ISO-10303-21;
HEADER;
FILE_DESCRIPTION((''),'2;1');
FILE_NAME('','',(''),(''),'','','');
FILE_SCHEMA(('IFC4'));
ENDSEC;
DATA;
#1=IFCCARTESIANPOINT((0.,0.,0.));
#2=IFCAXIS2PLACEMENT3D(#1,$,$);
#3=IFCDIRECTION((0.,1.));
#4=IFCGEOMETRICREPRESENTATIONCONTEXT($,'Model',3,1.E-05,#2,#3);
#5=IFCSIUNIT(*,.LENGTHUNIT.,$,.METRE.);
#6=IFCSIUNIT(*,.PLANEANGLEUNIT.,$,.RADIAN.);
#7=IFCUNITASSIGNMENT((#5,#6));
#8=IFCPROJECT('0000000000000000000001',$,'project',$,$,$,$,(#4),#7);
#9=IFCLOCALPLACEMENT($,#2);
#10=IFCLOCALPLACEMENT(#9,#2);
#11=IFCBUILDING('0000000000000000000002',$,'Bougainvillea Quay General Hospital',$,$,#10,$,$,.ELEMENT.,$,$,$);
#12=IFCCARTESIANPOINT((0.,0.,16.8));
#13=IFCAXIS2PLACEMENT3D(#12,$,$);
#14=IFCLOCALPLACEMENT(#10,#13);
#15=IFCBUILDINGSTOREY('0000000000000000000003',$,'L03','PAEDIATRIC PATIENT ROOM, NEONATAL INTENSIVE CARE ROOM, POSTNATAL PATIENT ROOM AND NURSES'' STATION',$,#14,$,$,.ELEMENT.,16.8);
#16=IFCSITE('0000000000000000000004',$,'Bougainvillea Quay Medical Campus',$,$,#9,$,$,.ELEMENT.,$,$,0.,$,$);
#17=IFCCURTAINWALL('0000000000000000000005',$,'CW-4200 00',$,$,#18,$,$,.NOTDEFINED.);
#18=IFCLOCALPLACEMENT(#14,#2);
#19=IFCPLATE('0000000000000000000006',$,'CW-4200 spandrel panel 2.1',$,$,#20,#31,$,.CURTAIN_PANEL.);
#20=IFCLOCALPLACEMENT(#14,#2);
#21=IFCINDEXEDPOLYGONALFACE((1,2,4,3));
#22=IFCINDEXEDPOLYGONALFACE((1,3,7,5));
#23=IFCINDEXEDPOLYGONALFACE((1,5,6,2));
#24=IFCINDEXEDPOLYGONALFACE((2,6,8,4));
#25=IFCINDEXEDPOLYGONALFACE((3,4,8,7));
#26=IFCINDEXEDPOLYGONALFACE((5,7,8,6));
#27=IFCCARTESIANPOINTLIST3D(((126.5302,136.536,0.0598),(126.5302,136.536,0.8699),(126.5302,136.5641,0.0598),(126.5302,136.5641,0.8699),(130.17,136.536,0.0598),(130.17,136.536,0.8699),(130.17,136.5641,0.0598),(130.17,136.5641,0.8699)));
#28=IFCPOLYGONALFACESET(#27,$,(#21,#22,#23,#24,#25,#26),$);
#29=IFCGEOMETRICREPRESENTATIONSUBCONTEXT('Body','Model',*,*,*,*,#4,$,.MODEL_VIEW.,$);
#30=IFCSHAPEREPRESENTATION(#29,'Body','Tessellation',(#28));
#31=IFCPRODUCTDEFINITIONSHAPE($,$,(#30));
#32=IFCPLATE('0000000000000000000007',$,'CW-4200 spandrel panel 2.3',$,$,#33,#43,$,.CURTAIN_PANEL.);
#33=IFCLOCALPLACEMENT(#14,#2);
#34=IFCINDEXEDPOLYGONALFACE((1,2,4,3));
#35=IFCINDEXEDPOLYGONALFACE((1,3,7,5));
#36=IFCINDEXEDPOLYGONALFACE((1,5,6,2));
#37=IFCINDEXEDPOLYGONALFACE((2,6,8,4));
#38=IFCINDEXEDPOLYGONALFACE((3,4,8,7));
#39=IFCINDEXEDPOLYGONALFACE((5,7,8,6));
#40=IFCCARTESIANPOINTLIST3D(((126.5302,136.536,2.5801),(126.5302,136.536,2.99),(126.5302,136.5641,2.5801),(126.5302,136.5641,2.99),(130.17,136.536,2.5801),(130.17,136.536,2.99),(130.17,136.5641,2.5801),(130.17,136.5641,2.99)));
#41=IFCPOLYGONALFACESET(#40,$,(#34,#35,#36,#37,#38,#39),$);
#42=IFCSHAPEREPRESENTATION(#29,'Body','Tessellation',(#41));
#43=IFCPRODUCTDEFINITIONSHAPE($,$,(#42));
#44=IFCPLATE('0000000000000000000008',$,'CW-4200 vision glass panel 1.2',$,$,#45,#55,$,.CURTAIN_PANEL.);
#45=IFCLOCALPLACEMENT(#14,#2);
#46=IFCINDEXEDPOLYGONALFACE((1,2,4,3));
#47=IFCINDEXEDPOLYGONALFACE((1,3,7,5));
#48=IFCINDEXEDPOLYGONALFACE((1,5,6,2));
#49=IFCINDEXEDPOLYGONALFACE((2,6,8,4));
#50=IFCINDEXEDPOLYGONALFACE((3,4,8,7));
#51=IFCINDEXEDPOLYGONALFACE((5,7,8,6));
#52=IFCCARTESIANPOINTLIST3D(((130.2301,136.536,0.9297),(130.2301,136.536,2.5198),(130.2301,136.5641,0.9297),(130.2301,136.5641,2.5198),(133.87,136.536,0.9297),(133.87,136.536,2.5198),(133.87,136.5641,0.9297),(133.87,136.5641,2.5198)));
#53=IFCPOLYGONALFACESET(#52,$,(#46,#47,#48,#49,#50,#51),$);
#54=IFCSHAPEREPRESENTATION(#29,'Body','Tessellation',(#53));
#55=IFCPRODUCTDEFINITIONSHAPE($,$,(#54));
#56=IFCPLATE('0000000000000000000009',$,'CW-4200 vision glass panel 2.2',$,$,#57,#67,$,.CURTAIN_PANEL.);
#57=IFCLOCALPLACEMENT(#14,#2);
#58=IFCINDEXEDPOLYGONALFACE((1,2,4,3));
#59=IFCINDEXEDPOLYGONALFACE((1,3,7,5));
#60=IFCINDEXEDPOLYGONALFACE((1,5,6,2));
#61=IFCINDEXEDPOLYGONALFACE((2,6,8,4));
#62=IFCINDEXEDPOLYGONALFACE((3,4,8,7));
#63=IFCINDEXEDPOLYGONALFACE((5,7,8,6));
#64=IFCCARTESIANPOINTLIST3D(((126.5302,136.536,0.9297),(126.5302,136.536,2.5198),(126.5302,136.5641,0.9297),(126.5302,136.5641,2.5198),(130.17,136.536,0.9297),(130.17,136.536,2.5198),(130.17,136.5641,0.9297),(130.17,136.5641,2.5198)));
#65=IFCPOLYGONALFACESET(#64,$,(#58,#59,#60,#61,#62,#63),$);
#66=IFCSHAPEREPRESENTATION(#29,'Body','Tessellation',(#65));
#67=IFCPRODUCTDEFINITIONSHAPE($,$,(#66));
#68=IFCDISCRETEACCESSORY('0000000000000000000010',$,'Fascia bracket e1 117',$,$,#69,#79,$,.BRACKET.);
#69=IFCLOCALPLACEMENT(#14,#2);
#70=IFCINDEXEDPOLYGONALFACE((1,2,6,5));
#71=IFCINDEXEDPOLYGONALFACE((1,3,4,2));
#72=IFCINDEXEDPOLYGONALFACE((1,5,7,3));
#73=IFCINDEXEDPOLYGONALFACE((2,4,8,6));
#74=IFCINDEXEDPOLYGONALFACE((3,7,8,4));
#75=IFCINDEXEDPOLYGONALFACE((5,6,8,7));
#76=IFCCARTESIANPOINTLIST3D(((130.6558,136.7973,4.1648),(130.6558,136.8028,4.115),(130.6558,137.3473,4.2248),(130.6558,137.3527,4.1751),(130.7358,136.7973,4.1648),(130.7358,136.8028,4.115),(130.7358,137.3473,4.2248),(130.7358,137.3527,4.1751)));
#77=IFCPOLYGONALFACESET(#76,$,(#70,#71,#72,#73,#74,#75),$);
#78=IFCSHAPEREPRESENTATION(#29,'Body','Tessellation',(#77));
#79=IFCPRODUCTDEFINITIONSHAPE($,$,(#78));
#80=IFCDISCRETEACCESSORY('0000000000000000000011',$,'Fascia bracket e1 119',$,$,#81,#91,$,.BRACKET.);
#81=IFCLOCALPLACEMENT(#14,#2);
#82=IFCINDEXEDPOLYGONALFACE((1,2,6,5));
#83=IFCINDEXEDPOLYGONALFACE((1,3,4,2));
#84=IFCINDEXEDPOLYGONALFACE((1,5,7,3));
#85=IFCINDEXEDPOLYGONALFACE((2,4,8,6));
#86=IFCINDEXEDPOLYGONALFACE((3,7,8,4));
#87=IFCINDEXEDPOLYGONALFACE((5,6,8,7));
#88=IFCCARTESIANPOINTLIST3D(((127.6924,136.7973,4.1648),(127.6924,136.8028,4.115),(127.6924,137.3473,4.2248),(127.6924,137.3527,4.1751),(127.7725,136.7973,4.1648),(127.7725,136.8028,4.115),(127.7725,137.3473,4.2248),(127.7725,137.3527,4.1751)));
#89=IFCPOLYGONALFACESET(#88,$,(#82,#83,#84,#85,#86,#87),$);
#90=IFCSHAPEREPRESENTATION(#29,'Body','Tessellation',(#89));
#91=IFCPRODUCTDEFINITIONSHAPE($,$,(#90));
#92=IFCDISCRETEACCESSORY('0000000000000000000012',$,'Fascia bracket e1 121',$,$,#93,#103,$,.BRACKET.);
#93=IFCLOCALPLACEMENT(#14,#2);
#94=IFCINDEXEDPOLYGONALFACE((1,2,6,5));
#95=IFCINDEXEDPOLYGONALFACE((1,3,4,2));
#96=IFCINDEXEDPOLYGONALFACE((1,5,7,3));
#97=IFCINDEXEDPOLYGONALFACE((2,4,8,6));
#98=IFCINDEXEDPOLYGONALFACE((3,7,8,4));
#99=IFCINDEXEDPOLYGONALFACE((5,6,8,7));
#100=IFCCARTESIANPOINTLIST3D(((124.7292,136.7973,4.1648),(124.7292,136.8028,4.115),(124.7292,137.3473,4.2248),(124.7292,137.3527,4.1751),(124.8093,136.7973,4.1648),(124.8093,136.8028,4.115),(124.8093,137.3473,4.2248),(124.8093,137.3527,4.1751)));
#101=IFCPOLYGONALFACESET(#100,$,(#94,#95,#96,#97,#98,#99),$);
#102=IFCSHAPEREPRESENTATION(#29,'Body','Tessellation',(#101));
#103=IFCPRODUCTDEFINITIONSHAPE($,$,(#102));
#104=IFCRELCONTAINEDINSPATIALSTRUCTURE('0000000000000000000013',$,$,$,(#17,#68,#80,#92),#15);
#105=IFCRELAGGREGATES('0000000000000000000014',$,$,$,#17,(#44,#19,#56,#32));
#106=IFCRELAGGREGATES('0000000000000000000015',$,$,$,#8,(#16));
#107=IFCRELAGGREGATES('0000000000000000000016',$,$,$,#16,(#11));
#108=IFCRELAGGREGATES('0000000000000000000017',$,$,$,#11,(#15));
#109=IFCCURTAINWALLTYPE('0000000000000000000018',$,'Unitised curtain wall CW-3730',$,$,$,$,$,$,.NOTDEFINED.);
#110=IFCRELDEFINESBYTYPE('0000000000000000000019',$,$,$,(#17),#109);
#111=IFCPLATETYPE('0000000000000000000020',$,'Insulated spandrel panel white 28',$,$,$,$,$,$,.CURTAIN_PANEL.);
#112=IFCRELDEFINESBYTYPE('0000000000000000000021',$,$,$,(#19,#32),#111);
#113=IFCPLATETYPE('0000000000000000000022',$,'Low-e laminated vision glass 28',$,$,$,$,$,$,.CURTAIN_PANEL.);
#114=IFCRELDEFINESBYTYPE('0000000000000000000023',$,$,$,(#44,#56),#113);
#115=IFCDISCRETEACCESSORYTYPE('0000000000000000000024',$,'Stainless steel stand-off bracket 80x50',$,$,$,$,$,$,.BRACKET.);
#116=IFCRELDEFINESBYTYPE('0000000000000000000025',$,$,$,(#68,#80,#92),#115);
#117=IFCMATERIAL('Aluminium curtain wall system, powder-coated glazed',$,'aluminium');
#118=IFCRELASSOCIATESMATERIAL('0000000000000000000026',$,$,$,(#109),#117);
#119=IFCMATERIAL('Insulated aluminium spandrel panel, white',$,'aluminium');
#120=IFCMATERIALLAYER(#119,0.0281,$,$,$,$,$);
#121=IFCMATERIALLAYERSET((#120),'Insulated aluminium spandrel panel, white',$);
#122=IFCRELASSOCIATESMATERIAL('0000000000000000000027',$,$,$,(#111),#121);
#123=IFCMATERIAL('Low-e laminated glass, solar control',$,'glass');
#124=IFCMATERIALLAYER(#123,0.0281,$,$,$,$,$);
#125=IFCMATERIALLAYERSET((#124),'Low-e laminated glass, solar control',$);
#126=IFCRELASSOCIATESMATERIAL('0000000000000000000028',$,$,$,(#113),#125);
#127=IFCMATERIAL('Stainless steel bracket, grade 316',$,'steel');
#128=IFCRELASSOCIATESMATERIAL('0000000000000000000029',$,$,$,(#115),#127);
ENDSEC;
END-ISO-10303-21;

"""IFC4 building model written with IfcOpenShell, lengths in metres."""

from ifc_helpers import new_model, si_unit, direction, frame, origin, origin_2d, place, context, subcontext, project, spatial, rectangle, extrude, material, layer, layer_set, material_profile, profile_set, type_object, element, aggregate, save


model = new_model("IFC4")

# Units and contexts
model_context = context("Model", 3, precision=1e-05, world=origin(), true_north=direction((0.0, 1.0)))
body_context = subcontext(model_context, "Body", "Model", "MODEL_VIEW")
ifc_project = project(units=[si_unit("LENGTHUNIT", "METRE"), si_unit("PLANEANGLEUNIT", "RADIAN")], contexts=[model_context])

# Site, building, storey
site_placement = place(None, origin())
site = spatial("IfcSite", under=ifc_project, at=site_placement, Name="Bougainvillea Quay Medical Campus", CompositionType="ELEMENT", RefElevation=0.0)
building_placement = place(site_placement, origin())
building = spatial("IfcBuilding", under=site, at=building_placement, Name="Bougainvillea Quay General Hospital", CompositionType="ELEMENT")
storey_placement = place(building_placement, frame((0.0, 0.0, 16.8)))
storey = spatial("IfcBuildingStorey", under=building, at=storey_placement, Name="L03", Description="PAEDIATRIC PATIENT ROOM, NEONATAL INTENSIVE CARE ROOM, POSTNATAL PATIENT ROOM AND NURSES' STATION", CompositionType="ELEMENT", Elevation=16.8)

# Curtain wall
ifc_material_1 = material(Name="Aluminium curtain wall system, powder-coated glazed", Category="aluminium")
curtain_wall_type = type_object("IfcCurtainWallType", Name="Unitised curtain wall CW-3730", PredefinedType="NOTDEFINED", material=ifc_material_1)
curtain_wall_1_placement = place(storey_placement, origin())
curtain_wall_1 = element("IfcCurtainWall", 1, at=curtain_wall_1_placement, inside=storey, type_object=curtain_wall_type, Name="CW-4200 00", PredefinedType="NOTDEFINED")

# Plates
ifc_material_2 = material(Name="Insulated aluminium spandrel panel, white", Category="aluminium")
ifc_layer_1 = layer(ifc_material_2, 0.0281)
ifc_layer_set_1 = layer_set([ifc_layer_1], Name="Insulated aluminium spandrel panel, white")
plate_type_1 = type_object("IfcPlateType", Name="Insulated spandrel panel white 28", PredefinedType="CURTAIN_PANEL", material=ifc_layer_set_1)
plate_1_placement = place(storey_placement, frame((128.3501, 136.55, 0.0598), z_axis=(0.0, 0.0, 1.0), x_axis=(-1.0, 0.0, 0.0)))
plate_1 = element("IfcPlate", 2, at=plate_1_placement, type_object=plate_type_1, Name="CW-4200 spandrel panel 2.1", PredefinedType="CURTAIN_PANEL", context=body_context, shape_type="SweptSolid", body=[
    extrude(rectangle(XDim=3.6399, YDim=0.0281, at=origin_2d()), origin(), (0.0, 0.0, 1.0), 0.8101),
])
plate_2_placement = place(storey_placement, frame((128.3501, 136.55, 2.5801), z_axis=(0.0, 0.0, 1.0), x_axis=(-1.0, 0.0, 0.0)))
plate_2 = element("IfcPlate", 3, at=plate_2_placement, type_object=plate_type_1, Name="CW-4200 spandrel panel 2.3", PredefinedType="CURTAIN_PANEL", context=body_context, shape_type="SweptSolid", body=[
    extrude(rectangle(XDim=3.6399, YDim=0.0281, at=origin_2d()), origin(), (0.0, 0.0, 1.0), 0.4099),
])
ifc_material_3 = material(Name="Low-e laminated glass, solar control", Category="glass")
ifc_layer_2 = layer(ifc_material_3, 0.0281)
ifc_layer_set_2 = layer_set([ifc_layer_2], Name="Low-e laminated glass, solar control")
plate_type_2 = type_object("IfcPlateType", Name="Low-e laminated vision glass 28", PredefinedType="CURTAIN_PANEL", material=ifc_layer_set_2)
plate_3_placement = place(storey_placement, frame((132.05, 136.55, 0.9297), z_axis=(0.0, 0.0, 1.0), x_axis=(-1.0, 0.0, 0.0)))
plate_3 = element("IfcPlate", 4, at=plate_3_placement, type_object=plate_type_2, Name="CW-4200 vision glass panel 1.2", PredefinedType="CURTAIN_PANEL", context=body_context, shape_type="SweptSolid", body=[
    extrude(rectangle(XDim=3.6399, YDim=0.0281, at=origin_2d()), origin(), (0.0, 0.0, 1.0), 1.5901),
])
plate_4_placement = place(storey_placement, frame((128.3501, 136.55, 0.9297), z_axis=(0.0, 0.0, 1.0), x_axis=(-1.0, 0.0, 0.0)))
plate_4 = element("IfcPlate", 5, at=plate_4_placement, type_object=plate_type_2, Name="CW-4200 vision glass panel 2.2", PredefinedType="CURTAIN_PANEL", context=body_context, shape_type="SweptSolid", body=[
    extrude(rectangle(XDim=3.6399, YDim=0.0281, at=origin_2d()), origin(), (0.0, 0.0, 1.0), 1.5901),
])
aggregate(curtain_wall_1, [plate_3, plate_1, plate_4, plate_2])

# Discrete accessories
ifc_material_4 = material(Name="Stainless steel bracket, grade 316", Category="steel")
ifc_material_profile_1 = material_profile(ifc_material_4, rectangle(XDim=0.0801, YDim=0.05, at=origin_2d()))
ifc_profile_set_1 = profile_set([ifc_material_profile_1], Name="Stainless steel bracket, grade 316")
discrete_accessory_type = type_object("IfcDiscreteAccessoryType", Name="Stainless steel stand-off bracket 80x50", PredefinedType="BRACKET", material=ifc_profile_set_1)
for number, where, z_axis, x_axis, name in (
    (6, (130.6958, 136.8, 4.1399), (0.0, 0.994092, 0.108543), (-1.0, 0.0, 0.0), "Fascia bracket e1 117"),
    (7, (127.7324, 136.8, 4.1399), (0.0, 0.994092, 0.108543), (-1.0, 0.0, 0.0), "Fascia bracket e1 119"),
    (8, (124.7693, 136.8, 4.1399), (0.0, 0.994092, 0.108543), (-1.0, 0.0, 0.0), "Fascia bracket e1 121"),
):
    element("IfcDiscreteAccessory", number, at=place(storey_placement, frame(where, z_axis=z_axis, x_axis=x_axis)), inside=storey, type_object=discrete_accessory_type, Name=name, PredefinedType="BRACKET", context=body_context, shape_type="SweptSolid", body=[
        extrude(rectangle(XDim=0.0801, YDim=0.05, at=origin_2d()), origin(), (0.0, 0.0, 1.0), 0.5532),
    ])

save(model, "model.ifc")
